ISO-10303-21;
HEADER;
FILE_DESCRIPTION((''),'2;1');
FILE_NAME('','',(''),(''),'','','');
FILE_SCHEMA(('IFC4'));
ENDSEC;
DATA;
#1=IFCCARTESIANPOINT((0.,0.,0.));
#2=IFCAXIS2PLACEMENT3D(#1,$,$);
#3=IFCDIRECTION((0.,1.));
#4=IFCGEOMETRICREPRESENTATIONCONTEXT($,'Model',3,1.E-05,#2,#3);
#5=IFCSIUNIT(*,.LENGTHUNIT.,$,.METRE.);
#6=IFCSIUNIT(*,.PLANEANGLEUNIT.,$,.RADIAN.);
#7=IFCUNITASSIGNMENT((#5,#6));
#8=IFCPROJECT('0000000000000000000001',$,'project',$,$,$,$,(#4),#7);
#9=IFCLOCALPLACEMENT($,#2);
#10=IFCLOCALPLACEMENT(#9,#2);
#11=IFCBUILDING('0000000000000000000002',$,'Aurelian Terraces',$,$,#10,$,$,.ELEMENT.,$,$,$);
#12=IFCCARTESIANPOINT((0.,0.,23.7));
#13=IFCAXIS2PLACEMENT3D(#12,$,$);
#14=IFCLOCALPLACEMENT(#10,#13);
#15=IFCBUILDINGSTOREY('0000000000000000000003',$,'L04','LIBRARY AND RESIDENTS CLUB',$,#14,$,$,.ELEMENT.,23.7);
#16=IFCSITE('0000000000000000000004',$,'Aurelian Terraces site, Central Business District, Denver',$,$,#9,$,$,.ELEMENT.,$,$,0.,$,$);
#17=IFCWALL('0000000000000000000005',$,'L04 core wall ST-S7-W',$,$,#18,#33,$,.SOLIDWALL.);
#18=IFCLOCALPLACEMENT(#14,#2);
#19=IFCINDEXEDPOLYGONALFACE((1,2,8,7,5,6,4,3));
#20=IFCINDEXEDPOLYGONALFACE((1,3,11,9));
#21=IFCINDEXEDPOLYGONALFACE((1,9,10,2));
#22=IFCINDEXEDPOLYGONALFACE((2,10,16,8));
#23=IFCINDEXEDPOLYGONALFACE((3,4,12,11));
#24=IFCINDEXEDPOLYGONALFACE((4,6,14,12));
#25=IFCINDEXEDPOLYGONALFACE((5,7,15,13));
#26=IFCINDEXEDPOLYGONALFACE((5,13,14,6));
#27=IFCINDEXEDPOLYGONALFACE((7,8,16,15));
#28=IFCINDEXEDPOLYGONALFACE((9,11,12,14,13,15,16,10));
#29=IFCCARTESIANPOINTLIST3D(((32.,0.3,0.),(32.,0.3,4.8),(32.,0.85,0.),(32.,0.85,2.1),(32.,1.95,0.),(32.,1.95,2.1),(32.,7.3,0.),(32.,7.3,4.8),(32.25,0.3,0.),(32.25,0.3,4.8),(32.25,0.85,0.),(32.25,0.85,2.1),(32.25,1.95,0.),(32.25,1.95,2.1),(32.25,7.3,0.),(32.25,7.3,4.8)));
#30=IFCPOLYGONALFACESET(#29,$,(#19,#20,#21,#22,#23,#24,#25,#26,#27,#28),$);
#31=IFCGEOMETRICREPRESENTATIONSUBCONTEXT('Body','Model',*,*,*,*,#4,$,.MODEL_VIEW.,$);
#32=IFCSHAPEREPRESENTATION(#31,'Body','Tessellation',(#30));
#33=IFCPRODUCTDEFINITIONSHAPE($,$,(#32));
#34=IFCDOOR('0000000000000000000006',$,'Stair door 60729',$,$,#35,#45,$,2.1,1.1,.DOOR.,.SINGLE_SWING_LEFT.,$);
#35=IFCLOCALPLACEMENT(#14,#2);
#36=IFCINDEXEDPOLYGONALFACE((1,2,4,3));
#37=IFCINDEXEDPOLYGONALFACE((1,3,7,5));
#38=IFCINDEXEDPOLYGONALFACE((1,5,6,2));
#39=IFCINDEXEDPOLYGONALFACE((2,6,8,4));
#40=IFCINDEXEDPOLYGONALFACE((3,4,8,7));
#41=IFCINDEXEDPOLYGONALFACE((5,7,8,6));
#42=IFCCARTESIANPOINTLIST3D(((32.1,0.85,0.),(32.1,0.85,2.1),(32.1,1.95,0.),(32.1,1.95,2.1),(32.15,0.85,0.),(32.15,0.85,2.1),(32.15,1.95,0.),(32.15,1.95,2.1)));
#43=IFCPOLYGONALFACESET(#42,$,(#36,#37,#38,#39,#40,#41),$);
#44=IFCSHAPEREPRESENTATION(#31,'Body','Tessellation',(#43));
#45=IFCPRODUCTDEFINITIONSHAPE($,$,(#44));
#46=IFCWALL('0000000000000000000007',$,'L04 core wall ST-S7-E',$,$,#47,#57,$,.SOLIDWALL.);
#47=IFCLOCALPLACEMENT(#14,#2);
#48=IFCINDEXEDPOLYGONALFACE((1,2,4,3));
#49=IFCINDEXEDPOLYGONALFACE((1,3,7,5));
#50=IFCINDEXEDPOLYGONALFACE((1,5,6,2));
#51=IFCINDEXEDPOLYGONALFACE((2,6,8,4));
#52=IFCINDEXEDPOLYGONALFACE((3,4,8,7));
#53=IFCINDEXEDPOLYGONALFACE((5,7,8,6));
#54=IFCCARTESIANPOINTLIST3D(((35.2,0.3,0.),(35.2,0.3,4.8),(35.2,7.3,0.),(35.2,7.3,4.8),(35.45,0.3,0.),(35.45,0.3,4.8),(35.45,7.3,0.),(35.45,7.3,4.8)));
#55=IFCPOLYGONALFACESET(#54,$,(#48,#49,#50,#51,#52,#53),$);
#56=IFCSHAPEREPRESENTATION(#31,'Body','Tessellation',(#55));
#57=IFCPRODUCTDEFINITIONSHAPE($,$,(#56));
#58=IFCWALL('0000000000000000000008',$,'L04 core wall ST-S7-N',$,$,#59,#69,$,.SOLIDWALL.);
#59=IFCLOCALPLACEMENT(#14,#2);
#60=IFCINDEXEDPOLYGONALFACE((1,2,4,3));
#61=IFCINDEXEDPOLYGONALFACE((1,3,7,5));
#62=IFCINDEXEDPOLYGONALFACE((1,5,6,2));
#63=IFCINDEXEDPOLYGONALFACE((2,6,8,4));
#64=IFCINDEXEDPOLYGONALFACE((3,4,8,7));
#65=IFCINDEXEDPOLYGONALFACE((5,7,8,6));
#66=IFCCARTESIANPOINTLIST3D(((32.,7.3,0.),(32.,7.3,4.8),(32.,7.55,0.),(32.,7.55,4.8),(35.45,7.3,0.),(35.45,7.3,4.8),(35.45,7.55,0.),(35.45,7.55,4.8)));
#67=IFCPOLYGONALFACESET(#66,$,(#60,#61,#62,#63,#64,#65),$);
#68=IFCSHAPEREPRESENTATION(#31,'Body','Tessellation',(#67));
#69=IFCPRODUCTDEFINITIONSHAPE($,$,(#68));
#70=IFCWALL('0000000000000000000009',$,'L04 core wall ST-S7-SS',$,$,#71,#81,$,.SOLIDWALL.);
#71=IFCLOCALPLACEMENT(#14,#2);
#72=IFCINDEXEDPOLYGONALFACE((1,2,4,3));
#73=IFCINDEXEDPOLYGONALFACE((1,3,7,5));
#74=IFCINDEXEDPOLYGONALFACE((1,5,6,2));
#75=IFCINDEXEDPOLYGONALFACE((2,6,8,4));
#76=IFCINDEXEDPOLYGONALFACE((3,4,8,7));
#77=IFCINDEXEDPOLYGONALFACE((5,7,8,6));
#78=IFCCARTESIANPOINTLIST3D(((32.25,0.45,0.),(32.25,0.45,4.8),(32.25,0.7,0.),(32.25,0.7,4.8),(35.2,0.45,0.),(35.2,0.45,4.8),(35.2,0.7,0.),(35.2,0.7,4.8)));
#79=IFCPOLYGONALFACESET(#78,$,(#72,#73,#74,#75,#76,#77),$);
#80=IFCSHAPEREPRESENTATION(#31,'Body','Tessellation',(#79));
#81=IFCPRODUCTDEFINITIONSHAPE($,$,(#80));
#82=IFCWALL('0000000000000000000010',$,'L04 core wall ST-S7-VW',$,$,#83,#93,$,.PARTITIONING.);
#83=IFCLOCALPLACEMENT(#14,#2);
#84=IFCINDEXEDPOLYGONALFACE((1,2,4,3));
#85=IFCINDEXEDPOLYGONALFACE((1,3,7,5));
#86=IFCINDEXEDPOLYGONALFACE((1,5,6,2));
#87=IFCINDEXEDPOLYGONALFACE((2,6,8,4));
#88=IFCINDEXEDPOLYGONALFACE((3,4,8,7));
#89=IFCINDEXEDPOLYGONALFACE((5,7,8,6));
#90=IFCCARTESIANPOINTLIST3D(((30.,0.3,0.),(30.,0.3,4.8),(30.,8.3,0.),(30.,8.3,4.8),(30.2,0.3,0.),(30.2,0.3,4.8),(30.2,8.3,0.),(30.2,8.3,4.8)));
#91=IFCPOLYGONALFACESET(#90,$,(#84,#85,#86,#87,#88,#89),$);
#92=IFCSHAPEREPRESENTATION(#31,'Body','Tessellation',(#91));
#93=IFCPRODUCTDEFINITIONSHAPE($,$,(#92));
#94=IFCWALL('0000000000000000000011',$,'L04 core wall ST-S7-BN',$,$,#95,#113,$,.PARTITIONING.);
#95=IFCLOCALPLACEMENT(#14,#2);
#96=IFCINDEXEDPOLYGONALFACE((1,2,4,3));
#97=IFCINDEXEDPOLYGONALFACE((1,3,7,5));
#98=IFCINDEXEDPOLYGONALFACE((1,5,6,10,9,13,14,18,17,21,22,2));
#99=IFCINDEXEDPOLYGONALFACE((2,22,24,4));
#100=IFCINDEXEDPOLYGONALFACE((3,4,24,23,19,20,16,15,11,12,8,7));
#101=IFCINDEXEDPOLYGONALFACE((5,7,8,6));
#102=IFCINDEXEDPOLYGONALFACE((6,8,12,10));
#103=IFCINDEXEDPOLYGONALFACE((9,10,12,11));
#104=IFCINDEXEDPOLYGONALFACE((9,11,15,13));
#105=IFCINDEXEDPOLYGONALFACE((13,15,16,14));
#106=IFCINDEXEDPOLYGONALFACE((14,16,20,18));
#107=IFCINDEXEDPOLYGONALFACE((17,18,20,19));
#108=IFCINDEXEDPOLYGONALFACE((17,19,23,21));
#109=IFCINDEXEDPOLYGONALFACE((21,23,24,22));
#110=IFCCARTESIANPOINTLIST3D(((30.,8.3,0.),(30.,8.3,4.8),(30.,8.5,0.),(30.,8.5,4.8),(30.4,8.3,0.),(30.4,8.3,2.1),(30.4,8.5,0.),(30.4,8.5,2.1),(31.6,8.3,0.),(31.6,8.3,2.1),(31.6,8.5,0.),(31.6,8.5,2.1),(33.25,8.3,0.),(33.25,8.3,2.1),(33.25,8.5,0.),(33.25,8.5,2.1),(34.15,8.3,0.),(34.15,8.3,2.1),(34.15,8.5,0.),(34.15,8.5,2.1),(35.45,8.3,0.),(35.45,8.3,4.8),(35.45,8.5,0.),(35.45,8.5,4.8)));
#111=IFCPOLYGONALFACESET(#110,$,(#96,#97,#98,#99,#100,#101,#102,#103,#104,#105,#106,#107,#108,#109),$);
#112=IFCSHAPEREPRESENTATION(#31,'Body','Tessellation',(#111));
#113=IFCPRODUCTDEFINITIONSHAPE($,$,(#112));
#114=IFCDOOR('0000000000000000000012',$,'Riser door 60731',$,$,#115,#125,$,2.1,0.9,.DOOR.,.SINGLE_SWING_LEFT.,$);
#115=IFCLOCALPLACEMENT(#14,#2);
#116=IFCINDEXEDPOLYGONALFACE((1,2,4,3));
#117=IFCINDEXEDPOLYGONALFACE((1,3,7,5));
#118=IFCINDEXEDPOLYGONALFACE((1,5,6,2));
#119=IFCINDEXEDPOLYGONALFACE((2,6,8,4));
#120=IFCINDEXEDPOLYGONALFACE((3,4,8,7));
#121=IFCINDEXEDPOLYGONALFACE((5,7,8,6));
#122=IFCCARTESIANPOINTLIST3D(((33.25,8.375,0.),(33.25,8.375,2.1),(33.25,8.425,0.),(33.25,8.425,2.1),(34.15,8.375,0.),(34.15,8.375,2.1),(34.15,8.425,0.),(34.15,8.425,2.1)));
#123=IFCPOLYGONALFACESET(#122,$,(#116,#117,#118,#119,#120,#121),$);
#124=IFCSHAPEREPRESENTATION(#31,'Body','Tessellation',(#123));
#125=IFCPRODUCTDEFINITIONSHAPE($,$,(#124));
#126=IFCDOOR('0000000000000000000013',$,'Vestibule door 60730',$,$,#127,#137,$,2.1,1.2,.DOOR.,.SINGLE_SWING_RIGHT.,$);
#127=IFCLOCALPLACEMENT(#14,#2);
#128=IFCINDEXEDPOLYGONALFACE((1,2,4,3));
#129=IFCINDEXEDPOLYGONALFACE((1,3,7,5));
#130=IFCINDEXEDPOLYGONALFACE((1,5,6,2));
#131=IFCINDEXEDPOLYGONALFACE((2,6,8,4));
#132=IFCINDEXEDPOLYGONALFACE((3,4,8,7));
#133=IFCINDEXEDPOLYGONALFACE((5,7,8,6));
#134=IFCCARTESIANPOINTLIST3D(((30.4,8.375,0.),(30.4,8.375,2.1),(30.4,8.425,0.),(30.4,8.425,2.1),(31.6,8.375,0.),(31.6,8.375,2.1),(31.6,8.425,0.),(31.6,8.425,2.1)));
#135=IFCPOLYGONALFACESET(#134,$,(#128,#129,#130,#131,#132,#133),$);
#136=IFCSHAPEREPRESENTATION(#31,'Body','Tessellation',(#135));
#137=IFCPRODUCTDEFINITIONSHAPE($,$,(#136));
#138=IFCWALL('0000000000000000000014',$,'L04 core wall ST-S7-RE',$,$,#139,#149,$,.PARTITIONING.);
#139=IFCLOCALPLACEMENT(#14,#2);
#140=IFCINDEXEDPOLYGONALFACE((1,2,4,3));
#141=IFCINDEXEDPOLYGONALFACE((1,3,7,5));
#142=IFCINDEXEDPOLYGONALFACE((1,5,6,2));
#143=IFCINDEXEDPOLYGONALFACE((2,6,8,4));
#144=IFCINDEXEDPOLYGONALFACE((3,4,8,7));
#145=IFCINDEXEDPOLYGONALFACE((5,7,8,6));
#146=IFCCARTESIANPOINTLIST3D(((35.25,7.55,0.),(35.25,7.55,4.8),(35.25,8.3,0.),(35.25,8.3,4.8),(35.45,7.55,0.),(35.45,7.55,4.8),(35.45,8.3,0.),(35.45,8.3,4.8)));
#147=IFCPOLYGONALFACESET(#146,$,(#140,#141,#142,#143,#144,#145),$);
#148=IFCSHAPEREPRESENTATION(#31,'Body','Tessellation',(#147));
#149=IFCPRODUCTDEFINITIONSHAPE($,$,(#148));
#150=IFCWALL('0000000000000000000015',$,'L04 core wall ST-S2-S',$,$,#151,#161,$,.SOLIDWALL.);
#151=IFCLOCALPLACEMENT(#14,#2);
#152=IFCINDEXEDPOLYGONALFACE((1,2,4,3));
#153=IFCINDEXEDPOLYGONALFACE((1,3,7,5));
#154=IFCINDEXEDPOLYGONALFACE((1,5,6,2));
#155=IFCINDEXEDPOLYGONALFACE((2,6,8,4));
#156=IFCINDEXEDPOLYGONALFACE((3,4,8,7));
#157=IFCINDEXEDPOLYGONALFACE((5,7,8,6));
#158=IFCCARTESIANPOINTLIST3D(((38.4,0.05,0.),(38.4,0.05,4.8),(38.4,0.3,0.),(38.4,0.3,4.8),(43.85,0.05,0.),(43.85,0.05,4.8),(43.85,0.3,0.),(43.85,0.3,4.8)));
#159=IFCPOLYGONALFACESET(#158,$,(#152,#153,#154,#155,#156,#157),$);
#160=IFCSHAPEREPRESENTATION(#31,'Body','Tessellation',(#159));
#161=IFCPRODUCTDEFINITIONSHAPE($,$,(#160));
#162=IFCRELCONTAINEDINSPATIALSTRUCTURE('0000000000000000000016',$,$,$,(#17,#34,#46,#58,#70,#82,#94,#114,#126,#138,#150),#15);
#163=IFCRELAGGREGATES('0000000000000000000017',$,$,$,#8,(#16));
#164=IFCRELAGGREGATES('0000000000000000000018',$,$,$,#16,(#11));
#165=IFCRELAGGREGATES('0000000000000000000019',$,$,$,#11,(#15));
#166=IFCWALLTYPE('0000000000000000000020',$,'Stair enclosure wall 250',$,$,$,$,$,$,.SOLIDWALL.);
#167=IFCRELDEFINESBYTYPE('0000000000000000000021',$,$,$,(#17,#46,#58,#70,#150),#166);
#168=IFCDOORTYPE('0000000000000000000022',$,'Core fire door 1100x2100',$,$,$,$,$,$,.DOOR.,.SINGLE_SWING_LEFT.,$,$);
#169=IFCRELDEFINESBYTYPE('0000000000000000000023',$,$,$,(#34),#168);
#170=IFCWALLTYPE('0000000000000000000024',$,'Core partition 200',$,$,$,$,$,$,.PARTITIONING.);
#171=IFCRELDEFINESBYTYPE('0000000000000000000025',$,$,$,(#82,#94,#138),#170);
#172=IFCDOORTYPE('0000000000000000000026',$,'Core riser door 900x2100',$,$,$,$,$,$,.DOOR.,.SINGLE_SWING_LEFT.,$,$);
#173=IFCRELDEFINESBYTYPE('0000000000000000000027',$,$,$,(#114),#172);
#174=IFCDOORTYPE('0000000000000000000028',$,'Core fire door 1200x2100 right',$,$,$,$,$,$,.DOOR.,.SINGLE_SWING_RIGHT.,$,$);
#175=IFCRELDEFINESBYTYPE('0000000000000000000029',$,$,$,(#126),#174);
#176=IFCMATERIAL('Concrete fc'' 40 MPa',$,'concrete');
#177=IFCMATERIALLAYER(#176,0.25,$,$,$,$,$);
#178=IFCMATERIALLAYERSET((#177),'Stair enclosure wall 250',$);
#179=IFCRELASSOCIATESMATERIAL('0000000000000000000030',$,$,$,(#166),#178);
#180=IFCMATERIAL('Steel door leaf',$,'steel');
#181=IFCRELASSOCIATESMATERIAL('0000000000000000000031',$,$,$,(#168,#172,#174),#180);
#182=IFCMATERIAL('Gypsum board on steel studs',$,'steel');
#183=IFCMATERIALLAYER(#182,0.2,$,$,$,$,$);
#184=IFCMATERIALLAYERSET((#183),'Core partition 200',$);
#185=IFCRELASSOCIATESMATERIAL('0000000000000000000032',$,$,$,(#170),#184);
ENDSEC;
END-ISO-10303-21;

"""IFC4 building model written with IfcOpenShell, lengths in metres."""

from ifc_helpers import new_model, si_unit, direction, frame, frame_2d, origin, place, context, subcontext, project, spatial, rectangle, extrude, source, transform, mapped, material, layer, layer_set, type_object, element, fill, save


model = new_model("IFC4")

# Units and contexts
model_context = context("Model", 3, precision=1e-05, world=origin(), true_north=direction((0.0, 1.0)))
body_context = subcontext(model_context, "Body", "Model", "MODEL_VIEW")
ifc_project = project(units=[si_unit("LENGTHUNIT", "METRE"), si_unit("PLANEANGLEUNIT", "RADIAN")], contexts=[model_context])

# Site, building, storey
site_placement = place(None, origin())
site = spatial("IfcSite", under=ifc_project, at=site_placement, Name="Aurelian Terraces site, Central Business District, Denver", CompositionType="ELEMENT", RefElevation=0.0)
building_placement = place(site_placement, origin())
building = spatial("IfcBuilding", under=site, at=building_placement, Name="Aurelian Terraces", CompositionType="ELEMENT")
storey_placement = place(building_placement, frame((0.0, 0.0, 23.7)))
storey = spatial("IfcBuildingStorey", under=building, at=storey_placement, Name="L04", Description="LIBRARY AND RESIDENTS CLUB", CompositionType="ELEMENT", Elevation=23.7)

# Wall, opening, door
ifc_material_1 = material(Name="Concrete fc' 40 MPa", Category="concrete")
ifc_layer_1 = layer(ifc_material_1, 0.25)
ifc_layer_set_1 = layer_set([ifc_layer_1], Name="Stair enclosure wall 250")
wall_type_1 = type_object("IfcWallType", Name="Stair enclosure wall 250", PredefinedType="SOLIDWALL", material=ifc_layer_set_1)
shared_shape_1 = source(origin(), body_context, "Body", "SweptSolid", [
    extrude(rectangle(XDim=7.0, YDim=0.25, at=frame_2d((3.5, 0.0))), origin(), (0.0, 0.0, 1.0), 4.8),
])
wall_1_placement = place(storey_placement, frame((32.125, 0.3, 0.0), z_axis=(0.0, 0.0, 1.0), x_axis=(0.0, 1.0, 0.0)))
wall_1 = element("IfcWall", 1, at=wall_1_placement, inside=storey, type_object=wall_type_1, Name="L04 core wall ST-S7-W", PredefinedType="SOLIDWALL", context=body_context, shape_type="MappedRepresentation", body=[
    mapped(shared_shape_1, transform((0.0, 0.0, 0.0), scale=1.0)),
])
shared_shape_2 = source(origin(), body_context, "Body", "SweptSolid", [
    extrude(rectangle(XDim=1.1, YDim=2.1, at=frame_2d((0.55, 1.05))), frame((0.0, 0.135, 0.0), z_axis=(0.0, -1.0, 0.0), x_axis=(1.0, 0.0, 0.0)), (0.0, 0.0, 1.0), 0.27),
])
opening_1_placement = place(wall_1_placement, frame((0.55, 0.0, 0.0)))
opening_1 = element("IfcOpeningElement", 2, at=opening_1_placement, cuts=wall_1, PredefinedType="OPENING", context=body_context, shape_type="MappedRepresentation", body=[
    mapped(shared_shape_2, transform((0.0, 0.0, 0.0), scale=1.0)),
])
ifc_material_2 = material(Name="Steel door leaf", Category="steel")
door_type_1 = type_object("IfcDoorType", Name="Core fire door 1100x2100", OperationType="SINGLE_SWING_LEFT", PredefinedType="DOOR", material=ifc_material_2)
shared_shape_3 = source(origin(), body_context, "Body", "SweptSolid", [
    extrude(rectangle(XDim=1.1, YDim=2.1, at=frame_2d((0.55, 1.05))), frame((0.0, 0.025, 0.0), z_axis=(0.0, -1.0, 0.0), x_axis=(1.0, 0.0, 0.0)), (0.0, 0.0, 1.0), 0.05),
])
door_1_placement = place(opening_1_placement, origin())
door_1 = element("IfcDoor", 3, at=door_1_placement, inside=storey, type_object=door_type_1, Name="Stair door 60729", OperationType="SINGLE_SWING_LEFT", OverallHeight=2.1, OverallWidth=1.1, PredefinedType="DOOR", context=body_context, shape_type="MappedRepresentation", body=[
    mapped(shared_shape_3, transform((0.0, 0.0, 0.0), scale=1.0)),
])
fill(opening_1, door_1)

# Walls
wall_2_placement = place(storey_placement, frame((35.325, 0.3, 0.0), z_axis=(0.0, 0.0, 1.0), x_axis=(0.0, 1.0, 0.0)))
element("IfcWall", 4, at=wall_2_placement, inside=storey, type_object=wall_type_1, Name="L04 core wall ST-S7-E", PredefinedType="SOLIDWALL", context=body_context, shape_type="MappedRepresentation", body=[
    mapped(shared_shape_1, transform((0.0, 0.0, 0.0), scale=1.0)),
])
shared_shape_4 = source(origin(), body_context, "Body", "SweptSolid", [
    extrude(rectangle(XDim=3.45, YDim=0.25, at=frame_2d((1.725, 0.0))), origin(), (0.0, 0.0, 1.0), 4.8),
])
wall_3_placement = place(storey_placement, frame((32.0, 7.425, 0.0), z_axis=(0.0, 0.0, 1.0), x_axis=(1.0, 0.0, 0.0)))
element("IfcWall", 5, at=wall_3_placement, inside=storey, type_object=wall_type_1, Name="L04 core wall ST-S7-N", PredefinedType="SOLIDWALL", context=body_context, shape_type="MappedRepresentation", body=[
    mapped(shared_shape_4, transform((0.0, 0.0, 0.0), scale=1.0)),
])
shared_shape_5 = source(origin(), body_context, "Body", "SweptSolid", [
    extrude(rectangle(XDim=2.95, YDim=0.25, at=frame_2d((1.475, 0.0))), origin(), (0.0, 0.0, 1.0), 4.8),
])
wall_4_placement = place(storey_placement, frame((32.25, 0.575, 0.0), z_axis=(0.0, 0.0, 1.0), x_axis=(1.0, 0.0, 0.0)))
element("IfcWall", 6, at=wall_4_placement, inside=storey, type_object=wall_type_1, Name="L04 core wall ST-S7-SS", PredefinedType="SOLIDWALL", context=body_context, shape_type="MappedRepresentation", body=[
    mapped(shared_shape_5, transform((0.0, 0.0, 0.0), scale=1.0)),
])
ifc_material_3 = material(Name="Gypsum board on steel studs", Category="steel")
ifc_layer_2 = layer(ifc_material_3, 0.2)
ifc_layer_set_2 = layer_set([ifc_layer_2], Name="Core partition 200")
wall_type_2 = type_object("IfcWallType", Name="Core partition 200", PredefinedType="PARTITIONING", material=ifc_layer_set_2)
shared_shape_6 = source(origin(), body_context, "Body", "SweptSolid", [
    extrude(rectangle(XDim=8.0, YDim=0.2, at=frame_2d((4.0, 0.0))), origin(), (0.0, 0.0, 1.0), 4.8),
])
wall_5_placement = place(storey_placement, frame((30.1, 0.3, 0.0), z_axis=(0.0, 0.0, 1.0), x_axis=(0.0, 1.0, 0.0)))
element("IfcWall", 7, at=wall_5_placement, inside=storey, type_object=wall_type_2, Name="L04 core wall ST-S7-VW", PredefinedType="PARTITIONING", context=body_context, shape_type="MappedRepresentation", body=[
    mapped(shared_shape_6, transform((0.0, 0.0, 0.0), scale=1.0)),
])

# Wall, openings, doors
shared_shape_7 = source(origin(), body_context, "Body", "SweptSolid", [
    extrude(rectangle(XDim=5.45, YDim=0.2, at=frame_2d((2.725, 0.0))), origin(), (0.0, 0.0, 1.0), 4.8),
])
wall_6_placement = place(storey_placement, frame((30.0, 8.4, 0.0), z_axis=(0.0, 0.0, 1.0), x_axis=(1.0, 0.0, 0.0)))
wall_6 = element("IfcWall", 8, at=wall_6_placement, inside=storey, type_object=wall_type_2, Name="L04 core wall ST-S7-BN", PredefinedType="PARTITIONING", context=body_context, shape_type="MappedRepresentation", body=[
    mapped(shared_shape_7, transform((0.0, 0.0, 0.0), scale=1.0)),
])
shared_shape_8 = source(origin(), body_context, "Body", "SweptSolid", [
    extrude(rectangle(XDim=1.2, YDim=2.1, at=frame_2d((0.6, 1.05))), frame((0.0, 0.11, 0.0), z_axis=(0.0, -1.0, 0.0), x_axis=(1.0, 0.0, 0.0)), (0.0, 0.0, 1.0), 0.22),
])
opening_2_placement = place(wall_6_placement, frame((0.4, 0.0, 0.0)))
opening_2 = element("IfcOpeningElement", 9, at=opening_2_placement, cuts=wall_6, PredefinedType="OPENING", context=body_context, shape_type="MappedRepresentation", body=[
    mapped(shared_shape_8, transform((0.0, 0.0, 0.0), scale=1.0)),
])
shared_shape_9 = source(origin(), body_context, "Body", "SweptSolid", [
    extrude(rectangle(XDim=0.9, YDim=2.1, at=frame_2d((0.45, 1.05))), frame((0.0, 0.11, 0.0), z_axis=(0.0, -1.0, 0.0), x_axis=(1.0, 0.0, 0.0)), (0.0, 0.0, 1.0), 0.22),
])
opening_3_placement = place(wall_6_placement, frame((3.25, 0.0, 0.0)))
opening_3 = element("IfcOpeningElement", 10, at=opening_3_placement, cuts=wall_6, PredefinedType="OPENING", context=body_context, shape_type="MappedRepresentation", body=[
    mapped(shared_shape_9, transform((0.0, 0.0, 0.0), scale=1.0)),
])
door_type_2 = type_object("IfcDoorType", Name="Core riser door 900x2100", OperationType="SINGLE_SWING_LEFT", PredefinedType="DOOR", material=ifc_material_2)
shared_shape_10 = source(origin(), body_context, "Body", "SweptSolid", [
    extrude(rectangle(XDim=0.9, YDim=2.1, at=frame_2d((0.45, 1.05))), frame((0.0, 0.025, 0.0), z_axis=(0.0, -1.0, 0.0), x_axis=(1.0, 0.0, 0.0)), (0.0, 0.0, 1.0), 0.05),
])
door_2_placement = place(opening_3_placement, origin())
door_2 = element("IfcDoor", 11, at=door_2_placement, inside=storey, type_object=door_type_2, Name="Riser door 60731", OperationType="SINGLE_SWING_LEFT", OverallHeight=2.1, OverallWidth=0.9, PredefinedType="DOOR", context=body_context, shape_type="MappedRepresentation", body=[
    mapped(shared_shape_10, transform((0.0, 0.0, 0.0), scale=1.0)),
])
fill(opening_3, door_2)
door_type_3 = type_object("IfcDoorType", Name="Core fire door 1200x2100 right", OperationType="SINGLE_SWING_RIGHT", PredefinedType="DOOR", material=ifc_material_2)
shared_shape_11 = source(origin(), body_context, "Body", "SweptSolid", [
    extrude(rectangle(XDim=1.2, YDim=2.1, at=frame_2d((0.6, 1.05))), frame((0.0, 0.025, 0.0), z_axis=(0.0, -1.0, 0.0), x_axis=(1.0, 0.0, 0.0)), (0.0, 0.0, 1.0), 0.05),
])
door_3_placement = place(opening_2_placement, origin())
door_3 = element("IfcDoor", 12, at=door_3_placement, inside=storey, type_object=door_type_3, Name="Vestibule door 60730", OperationType="SINGLE_SWING_RIGHT", OverallHeight=2.1, OverallWidth=1.2, PredefinedType="DOOR", context=body_context, shape_type="MappedRepresentation", body=[
    mapped(shared_shape_11, transform((0.0, 0.0, 0.0), scale=1.0)),
])
fill(opening_2, door_3)

# Walls
shared_shape_12 = source(origin(), body_context, "Body", "SweptSolid", [
    extrude(rectangle(XDim=0.75, YDim=0.2, at=frame_2d((0.375, 0.0))), origin(), (0.0, 0.0, 1.0), 4.8),
])
wall_7_placement = place(storey_placement, frame((35.35, 7.55, 0.0), z_axis=(0.0, 0.0, 1.0), x_axis=(0.0, 1.0, 0.0)))
element("IfcWall", 13, at=wall_7_placement, inside=storey, type_object=wall_type_2, Name="L04 core wall ST-S7-RE", PredefinedType="PARTITIONING", context=body_context, shape_type="MappedRepresentation", body=[
    mapped(shared_shape_12, transform((0.0, 0.0, 0.0), scale=1.0)),
])
shared_shape_13 = source(origin(), body_context, "Body", "SweptSolid", [
    extrude(rectangle(XDim=5.45, YDim=0.25, at=frame_2d((2.725, 0.0))), origin(), (0.0, 0.0, 1.0), 4.8),
])
for number, where, z_axis, x_axis, name in (
    (14, (38.4, 0.175, 0.0), (0.0, 0.0, 1.0), (1.0, 0.0, 0.0), "L04 core wall ST-S2-S"),
):
    element("IfcWall", number, at=place(storey_placement, frame(where, z_axis=z_axis, x_axis=x_axis)), inside=storey, type_object=wall_type_1, Name=name, PredefinedType="SOLIDWALL", context=body_context, shape_type="MappedRepresentation", body=[
        mapped(shared_shape_13, transform((0.0, 0.0, 0.0), scale=1.0)),
    ])

save(model, "model.ifc")
